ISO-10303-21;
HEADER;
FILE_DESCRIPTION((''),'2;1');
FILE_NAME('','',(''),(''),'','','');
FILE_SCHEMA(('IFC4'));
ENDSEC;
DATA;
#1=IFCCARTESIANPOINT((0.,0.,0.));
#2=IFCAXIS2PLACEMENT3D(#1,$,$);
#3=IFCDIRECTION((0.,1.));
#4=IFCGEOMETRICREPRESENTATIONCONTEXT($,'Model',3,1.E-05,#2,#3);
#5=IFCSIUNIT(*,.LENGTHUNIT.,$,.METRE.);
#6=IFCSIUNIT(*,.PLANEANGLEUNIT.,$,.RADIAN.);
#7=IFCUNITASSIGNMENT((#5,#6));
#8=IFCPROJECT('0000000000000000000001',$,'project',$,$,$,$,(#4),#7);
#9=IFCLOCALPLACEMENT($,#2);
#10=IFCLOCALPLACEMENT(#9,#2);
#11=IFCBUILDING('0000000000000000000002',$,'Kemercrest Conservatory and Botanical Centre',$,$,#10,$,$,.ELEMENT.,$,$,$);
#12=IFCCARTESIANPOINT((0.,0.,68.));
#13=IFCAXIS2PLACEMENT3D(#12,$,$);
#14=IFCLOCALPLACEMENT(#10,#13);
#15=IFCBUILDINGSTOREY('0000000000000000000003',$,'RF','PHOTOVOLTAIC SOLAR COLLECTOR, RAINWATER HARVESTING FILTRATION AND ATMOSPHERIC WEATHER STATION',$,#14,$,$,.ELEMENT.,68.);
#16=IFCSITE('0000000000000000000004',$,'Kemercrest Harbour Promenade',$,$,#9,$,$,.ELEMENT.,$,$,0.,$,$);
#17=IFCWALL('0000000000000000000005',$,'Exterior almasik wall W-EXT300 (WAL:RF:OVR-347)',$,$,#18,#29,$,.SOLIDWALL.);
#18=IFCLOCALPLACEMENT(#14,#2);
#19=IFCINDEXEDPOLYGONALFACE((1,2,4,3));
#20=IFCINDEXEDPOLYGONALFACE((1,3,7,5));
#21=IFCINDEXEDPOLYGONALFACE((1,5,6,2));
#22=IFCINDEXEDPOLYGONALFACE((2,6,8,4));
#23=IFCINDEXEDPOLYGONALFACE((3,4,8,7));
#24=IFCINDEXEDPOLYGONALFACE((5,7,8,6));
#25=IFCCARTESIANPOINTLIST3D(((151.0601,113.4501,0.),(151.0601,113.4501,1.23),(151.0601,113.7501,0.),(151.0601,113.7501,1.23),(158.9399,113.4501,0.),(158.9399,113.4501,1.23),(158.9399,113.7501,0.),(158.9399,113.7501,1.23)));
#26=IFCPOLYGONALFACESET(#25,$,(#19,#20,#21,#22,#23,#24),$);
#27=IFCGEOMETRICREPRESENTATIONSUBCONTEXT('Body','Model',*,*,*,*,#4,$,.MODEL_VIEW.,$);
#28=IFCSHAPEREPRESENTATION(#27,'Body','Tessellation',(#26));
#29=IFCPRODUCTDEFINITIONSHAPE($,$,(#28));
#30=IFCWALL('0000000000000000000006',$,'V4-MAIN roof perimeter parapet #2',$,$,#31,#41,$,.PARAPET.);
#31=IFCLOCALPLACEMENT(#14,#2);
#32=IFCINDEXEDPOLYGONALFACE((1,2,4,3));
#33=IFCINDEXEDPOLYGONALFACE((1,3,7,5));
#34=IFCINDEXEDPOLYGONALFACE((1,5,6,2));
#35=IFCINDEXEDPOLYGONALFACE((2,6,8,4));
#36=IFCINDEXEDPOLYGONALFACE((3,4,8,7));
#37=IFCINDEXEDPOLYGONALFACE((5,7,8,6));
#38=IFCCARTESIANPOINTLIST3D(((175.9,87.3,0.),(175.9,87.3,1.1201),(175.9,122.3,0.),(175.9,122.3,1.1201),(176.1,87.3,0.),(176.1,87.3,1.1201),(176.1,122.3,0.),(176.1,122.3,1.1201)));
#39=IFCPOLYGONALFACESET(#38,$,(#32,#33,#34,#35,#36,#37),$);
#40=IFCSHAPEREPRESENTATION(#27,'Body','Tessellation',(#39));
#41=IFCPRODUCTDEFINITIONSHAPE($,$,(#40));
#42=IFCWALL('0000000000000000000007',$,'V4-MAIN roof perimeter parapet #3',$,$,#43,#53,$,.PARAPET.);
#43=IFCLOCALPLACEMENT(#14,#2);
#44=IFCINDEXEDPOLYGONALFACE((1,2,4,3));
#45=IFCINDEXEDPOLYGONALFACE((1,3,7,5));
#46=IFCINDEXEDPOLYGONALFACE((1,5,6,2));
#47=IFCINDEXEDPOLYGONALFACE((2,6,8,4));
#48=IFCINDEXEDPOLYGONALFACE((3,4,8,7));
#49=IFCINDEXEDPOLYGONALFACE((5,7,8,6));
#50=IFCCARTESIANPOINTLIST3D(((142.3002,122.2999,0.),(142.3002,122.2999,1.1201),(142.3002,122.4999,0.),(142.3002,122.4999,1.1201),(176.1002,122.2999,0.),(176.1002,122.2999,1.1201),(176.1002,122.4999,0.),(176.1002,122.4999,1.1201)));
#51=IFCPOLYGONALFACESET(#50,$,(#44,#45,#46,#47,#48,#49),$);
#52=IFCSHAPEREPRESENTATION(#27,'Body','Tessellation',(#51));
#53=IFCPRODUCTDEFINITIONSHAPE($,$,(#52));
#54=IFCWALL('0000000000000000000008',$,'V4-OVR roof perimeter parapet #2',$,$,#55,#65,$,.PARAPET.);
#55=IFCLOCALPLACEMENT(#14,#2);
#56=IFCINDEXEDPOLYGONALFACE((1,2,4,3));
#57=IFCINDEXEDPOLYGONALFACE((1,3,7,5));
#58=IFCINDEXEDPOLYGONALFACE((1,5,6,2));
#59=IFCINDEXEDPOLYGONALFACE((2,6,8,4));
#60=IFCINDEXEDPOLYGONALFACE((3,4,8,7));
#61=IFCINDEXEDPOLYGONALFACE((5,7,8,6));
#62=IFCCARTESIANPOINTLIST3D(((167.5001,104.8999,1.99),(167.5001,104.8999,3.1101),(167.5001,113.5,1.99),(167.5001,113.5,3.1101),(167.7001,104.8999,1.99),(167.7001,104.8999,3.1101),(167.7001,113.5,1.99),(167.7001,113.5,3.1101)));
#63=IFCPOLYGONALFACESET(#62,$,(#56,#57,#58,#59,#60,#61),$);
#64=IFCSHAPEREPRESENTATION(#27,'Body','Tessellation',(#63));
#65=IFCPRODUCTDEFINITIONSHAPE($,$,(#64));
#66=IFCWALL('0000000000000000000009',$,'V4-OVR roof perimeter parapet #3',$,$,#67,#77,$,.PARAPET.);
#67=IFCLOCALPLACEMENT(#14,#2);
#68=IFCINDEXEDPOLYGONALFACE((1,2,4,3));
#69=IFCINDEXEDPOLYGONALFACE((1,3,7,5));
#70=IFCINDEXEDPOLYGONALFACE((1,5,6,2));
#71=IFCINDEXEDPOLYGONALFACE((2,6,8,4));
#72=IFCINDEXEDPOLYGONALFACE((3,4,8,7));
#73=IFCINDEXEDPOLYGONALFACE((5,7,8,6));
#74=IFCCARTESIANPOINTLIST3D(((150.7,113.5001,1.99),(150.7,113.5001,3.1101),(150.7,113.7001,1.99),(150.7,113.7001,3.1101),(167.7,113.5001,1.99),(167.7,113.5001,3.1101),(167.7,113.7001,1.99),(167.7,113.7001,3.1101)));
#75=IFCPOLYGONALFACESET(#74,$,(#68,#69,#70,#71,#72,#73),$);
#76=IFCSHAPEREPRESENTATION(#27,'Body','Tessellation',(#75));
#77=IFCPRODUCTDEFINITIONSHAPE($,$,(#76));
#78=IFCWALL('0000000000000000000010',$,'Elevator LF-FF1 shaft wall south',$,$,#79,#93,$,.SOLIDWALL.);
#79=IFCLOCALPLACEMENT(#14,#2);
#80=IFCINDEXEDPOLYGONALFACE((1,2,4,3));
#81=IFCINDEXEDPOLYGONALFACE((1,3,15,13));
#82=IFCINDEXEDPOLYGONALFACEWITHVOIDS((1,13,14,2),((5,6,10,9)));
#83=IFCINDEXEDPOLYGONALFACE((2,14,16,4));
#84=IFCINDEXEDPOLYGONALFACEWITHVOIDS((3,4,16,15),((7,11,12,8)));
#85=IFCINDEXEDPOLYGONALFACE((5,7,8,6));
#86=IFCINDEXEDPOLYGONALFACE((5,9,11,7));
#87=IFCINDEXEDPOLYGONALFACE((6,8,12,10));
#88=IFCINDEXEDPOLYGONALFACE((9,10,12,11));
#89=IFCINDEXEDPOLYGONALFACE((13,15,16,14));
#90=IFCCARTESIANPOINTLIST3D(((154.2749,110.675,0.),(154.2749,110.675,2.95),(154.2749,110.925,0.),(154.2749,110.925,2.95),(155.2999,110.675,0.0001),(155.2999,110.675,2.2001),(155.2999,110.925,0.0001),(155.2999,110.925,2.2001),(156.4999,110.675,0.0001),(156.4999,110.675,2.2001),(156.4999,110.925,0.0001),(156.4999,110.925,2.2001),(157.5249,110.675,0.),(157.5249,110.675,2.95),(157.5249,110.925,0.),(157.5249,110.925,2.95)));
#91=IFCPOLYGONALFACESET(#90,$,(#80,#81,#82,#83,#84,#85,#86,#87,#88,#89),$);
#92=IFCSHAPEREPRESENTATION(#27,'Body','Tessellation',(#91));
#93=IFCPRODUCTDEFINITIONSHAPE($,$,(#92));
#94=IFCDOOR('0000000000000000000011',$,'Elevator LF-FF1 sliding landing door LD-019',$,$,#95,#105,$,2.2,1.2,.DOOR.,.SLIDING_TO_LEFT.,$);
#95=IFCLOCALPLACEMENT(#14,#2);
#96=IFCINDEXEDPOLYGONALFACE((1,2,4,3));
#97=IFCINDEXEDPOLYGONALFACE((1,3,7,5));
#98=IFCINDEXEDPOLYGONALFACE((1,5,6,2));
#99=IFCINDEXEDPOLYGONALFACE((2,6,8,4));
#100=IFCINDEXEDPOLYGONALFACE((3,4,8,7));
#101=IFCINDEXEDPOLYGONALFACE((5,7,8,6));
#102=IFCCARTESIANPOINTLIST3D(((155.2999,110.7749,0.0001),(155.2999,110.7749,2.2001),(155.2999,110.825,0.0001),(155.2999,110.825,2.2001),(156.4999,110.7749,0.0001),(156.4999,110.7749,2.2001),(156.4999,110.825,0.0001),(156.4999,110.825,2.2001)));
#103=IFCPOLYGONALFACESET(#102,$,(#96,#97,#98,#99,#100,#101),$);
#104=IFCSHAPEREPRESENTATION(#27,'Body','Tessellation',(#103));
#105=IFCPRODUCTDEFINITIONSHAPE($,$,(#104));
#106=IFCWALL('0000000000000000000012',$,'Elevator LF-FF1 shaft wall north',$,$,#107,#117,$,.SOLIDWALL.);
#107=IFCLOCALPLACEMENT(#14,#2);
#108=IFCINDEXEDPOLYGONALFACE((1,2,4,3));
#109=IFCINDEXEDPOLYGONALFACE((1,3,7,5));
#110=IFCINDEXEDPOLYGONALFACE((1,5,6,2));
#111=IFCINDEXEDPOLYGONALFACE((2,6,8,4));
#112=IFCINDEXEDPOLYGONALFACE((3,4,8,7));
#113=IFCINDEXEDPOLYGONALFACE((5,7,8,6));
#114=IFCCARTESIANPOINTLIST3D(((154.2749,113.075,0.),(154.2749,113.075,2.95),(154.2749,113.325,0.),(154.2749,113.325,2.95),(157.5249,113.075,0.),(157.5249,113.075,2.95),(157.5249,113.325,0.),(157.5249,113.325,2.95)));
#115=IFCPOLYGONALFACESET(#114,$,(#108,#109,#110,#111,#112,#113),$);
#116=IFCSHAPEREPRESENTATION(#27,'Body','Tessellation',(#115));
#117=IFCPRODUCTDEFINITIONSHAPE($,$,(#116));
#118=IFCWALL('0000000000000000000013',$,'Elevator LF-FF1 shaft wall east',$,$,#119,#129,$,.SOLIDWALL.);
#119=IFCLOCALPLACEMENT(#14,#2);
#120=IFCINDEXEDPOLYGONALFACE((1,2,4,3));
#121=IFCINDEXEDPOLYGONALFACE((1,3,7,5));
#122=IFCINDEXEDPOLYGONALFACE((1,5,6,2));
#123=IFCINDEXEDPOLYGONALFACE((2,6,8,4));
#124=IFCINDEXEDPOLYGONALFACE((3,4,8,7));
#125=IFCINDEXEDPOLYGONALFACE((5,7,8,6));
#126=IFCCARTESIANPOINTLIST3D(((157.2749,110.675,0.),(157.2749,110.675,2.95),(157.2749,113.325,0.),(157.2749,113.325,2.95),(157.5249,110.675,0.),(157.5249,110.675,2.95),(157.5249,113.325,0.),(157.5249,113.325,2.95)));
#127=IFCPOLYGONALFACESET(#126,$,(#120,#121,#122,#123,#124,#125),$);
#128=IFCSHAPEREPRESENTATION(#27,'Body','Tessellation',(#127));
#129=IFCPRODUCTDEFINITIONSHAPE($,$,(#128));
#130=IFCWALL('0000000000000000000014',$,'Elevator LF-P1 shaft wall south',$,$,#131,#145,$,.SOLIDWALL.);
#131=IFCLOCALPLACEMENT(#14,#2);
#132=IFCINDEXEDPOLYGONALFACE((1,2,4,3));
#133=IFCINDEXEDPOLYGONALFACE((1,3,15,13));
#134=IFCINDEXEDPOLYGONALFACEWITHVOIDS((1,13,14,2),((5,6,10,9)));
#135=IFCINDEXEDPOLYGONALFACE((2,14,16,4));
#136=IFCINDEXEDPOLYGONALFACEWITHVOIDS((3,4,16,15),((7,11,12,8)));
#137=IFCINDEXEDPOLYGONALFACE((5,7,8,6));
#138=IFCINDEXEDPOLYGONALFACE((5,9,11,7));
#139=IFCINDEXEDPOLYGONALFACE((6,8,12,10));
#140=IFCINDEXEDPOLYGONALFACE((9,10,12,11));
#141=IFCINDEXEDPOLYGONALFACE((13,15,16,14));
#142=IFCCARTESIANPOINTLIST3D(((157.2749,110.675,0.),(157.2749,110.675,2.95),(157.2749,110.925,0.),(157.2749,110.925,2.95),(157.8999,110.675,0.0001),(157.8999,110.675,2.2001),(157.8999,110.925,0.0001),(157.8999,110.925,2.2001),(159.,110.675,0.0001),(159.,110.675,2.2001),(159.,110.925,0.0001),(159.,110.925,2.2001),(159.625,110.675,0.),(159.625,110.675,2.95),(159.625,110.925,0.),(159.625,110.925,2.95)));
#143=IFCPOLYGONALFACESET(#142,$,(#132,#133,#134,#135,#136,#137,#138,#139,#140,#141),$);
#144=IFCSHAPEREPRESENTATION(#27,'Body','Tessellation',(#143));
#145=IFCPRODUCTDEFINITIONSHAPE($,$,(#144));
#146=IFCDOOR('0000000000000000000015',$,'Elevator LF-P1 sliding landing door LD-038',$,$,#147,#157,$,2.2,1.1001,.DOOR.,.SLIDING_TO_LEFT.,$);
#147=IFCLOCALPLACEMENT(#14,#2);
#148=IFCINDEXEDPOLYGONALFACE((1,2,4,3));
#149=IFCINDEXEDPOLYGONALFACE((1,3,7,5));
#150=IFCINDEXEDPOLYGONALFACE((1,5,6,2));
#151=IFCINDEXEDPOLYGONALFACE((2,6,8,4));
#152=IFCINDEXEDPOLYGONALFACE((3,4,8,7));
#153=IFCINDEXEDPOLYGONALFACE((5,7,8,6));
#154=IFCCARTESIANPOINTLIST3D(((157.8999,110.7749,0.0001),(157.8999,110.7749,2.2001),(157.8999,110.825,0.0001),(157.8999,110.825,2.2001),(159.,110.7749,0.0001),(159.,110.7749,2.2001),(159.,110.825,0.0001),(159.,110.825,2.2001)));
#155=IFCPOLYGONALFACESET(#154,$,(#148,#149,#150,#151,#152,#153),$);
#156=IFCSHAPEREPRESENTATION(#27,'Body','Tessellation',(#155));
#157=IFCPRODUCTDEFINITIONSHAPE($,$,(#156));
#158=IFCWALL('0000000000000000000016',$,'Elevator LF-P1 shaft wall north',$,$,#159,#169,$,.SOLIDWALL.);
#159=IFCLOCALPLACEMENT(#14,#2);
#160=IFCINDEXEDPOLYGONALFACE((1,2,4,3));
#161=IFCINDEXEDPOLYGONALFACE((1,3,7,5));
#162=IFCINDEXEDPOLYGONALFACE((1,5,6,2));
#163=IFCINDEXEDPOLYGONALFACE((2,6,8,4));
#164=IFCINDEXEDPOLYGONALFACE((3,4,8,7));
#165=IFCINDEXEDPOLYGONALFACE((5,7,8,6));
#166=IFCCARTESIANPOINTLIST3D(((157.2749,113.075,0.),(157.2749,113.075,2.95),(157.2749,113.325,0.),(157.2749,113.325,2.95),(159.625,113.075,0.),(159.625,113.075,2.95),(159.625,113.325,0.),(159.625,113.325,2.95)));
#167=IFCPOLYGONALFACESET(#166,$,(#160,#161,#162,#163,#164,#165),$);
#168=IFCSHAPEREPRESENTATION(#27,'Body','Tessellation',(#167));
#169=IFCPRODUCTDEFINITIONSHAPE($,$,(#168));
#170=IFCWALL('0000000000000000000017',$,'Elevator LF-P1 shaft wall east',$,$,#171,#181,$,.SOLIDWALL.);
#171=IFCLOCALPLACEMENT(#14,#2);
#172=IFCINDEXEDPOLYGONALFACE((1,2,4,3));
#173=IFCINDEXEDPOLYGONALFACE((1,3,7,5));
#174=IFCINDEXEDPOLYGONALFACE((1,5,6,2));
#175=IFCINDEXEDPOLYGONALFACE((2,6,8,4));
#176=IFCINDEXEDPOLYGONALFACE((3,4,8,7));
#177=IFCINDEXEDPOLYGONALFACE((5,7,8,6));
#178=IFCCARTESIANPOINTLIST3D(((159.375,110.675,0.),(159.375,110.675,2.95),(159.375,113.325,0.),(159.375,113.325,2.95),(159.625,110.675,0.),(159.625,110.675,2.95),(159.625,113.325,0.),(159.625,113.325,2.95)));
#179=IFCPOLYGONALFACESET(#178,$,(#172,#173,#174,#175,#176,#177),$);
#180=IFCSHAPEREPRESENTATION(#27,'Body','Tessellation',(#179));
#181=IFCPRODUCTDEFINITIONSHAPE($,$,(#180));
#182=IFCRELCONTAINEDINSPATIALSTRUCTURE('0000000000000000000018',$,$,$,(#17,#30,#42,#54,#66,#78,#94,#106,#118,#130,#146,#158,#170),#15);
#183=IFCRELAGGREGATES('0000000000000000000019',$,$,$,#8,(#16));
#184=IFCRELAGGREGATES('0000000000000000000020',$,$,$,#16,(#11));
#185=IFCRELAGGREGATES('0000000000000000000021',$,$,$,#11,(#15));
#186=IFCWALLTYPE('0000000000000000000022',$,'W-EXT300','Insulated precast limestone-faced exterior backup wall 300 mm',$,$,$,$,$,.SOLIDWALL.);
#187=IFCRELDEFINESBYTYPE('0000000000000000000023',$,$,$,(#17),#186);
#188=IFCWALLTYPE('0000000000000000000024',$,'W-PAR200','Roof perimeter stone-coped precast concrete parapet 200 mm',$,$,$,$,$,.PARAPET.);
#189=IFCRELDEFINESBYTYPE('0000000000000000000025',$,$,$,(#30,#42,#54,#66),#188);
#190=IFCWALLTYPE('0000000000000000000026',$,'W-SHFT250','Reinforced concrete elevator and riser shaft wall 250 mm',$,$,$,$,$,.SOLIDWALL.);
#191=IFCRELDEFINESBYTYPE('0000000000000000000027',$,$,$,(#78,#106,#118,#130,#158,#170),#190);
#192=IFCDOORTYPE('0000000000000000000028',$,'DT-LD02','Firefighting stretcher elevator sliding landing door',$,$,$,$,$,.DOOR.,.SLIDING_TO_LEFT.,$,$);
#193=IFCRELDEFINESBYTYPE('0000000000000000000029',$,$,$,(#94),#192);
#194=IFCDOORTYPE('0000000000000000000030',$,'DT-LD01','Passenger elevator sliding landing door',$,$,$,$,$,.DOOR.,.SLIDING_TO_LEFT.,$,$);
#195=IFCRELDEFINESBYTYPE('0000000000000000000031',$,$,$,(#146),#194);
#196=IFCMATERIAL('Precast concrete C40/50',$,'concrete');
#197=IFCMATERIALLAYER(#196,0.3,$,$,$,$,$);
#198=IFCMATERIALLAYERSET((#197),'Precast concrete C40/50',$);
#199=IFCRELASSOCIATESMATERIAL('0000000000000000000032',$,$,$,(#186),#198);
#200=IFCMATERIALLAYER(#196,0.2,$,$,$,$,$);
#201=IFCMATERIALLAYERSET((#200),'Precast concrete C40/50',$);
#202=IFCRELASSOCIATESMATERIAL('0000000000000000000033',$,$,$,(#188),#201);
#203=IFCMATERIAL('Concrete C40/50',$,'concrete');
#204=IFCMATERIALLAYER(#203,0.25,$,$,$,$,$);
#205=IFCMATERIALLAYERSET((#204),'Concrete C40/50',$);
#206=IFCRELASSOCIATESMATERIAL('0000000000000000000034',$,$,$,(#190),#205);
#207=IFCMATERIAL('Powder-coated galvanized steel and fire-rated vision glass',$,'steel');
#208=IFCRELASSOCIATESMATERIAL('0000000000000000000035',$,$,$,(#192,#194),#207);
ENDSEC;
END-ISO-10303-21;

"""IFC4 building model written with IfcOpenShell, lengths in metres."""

from ifc_helpers import new_model, si_unit, direction, frame, frame_2d, origin, place, context, subcontext, project, spatial, rectangle, extrude, material, layer, layer_set, type_object, element, fill, save


model = new_model("IFC4")

# Units and contexts
model_context = context("Model", 3, precision=1e-05, world=origin(), true_north=direction((0.0, 1.0)))
body_context = subcontext(model_context, "Body", "Model", "MODEL_VIEW")
ifc_project = project(units=[si_unit("LENGTHUNIT", "METRE"), si_unit("PLANEANGLEUNIT", "RADIAN")], contexts=[model_context])

# Site, building, storey
site_placement = place(None, origin())
site = spatial("IfcSite", under=ifc_project, at=site_placement, Name="Kemercrest Harbour Promenade", CompositionType="ELEMENT", RefElevation=0.0)
building_placement = place(site_placement, origin())
building = spatial("IfcBuilding", under=site, at=building_placement, Name="Kemercrest Conservatory and Botanical Centre", CompositionType="ELEMENT")
storey_placement = place(building_placement, frame((0.0, 0.0, 68.0)))
storey = spatial("IfcBuildingStorey", under=building, at=storey_placement, Name="RF", Description="PHOTOVOLTAIC SOLAR COLLECTOR, RAINWATER HARVESTING FILTRATION AND ATMOSPHERIC WEATHER STATION", CompositionType="ELEMENT", Elevation=68.0)

# Shared definitions
ifc_material_1 = material(Name="Concrete C40/50", Category="concrete")

# Shared definitions
ifc_material_2 = material(Name="Powder-coated galvanized steel and fire-rated vision glass", Category="steel")

# Walls
ifc_material_3 = material(Name="Precast concrete C40/50", Category="concrete")
ifc_layer_1 = layer(ifc_material_3, 0.3)
ifc_layer_set_1 = layer_set([ifc_layer_1], Name="Precast concrete C40/50")
wall_type_1 = type_object("IfcWallType", Name="W-EXT300", Description="Insulated precast limestone-faced exterior backup wall 300 mm", PredefinedType="SOLIDWALL", material=ifc_layer_set_1)
wall_1_placement = place(storey_placement, frame((158.9399, 113.6001, 0.0), z_axis=(0.0, 0.0, 1.0), x_axis=(-1.0, 0.0, 0.0)))
element("IfcWall", 1, at=wall_1_placement, inside=storey, type_object=wall_type_1, Name="Exterior almasik wall W-EXT300 (WAL:RF:OVR-347)", PredefinedType="SOLIDWALL", context=body_context, shape_type="SweptSolid", body=[
    extrude(rectangle(XDim=7.8799, YDim=0.3, at=frame_2d((3.9399, 0.0))), origin(), (0.0, 0.0, 1.0), 1.23),
])
ifc_layer_2 = layer(ifc_material_3, 0.2)
ifc_layer_set_2 = layer_set([ifc_layer_2], Name="Precast concrete C40/50")
wall_type_2 = type_object("IfcWallType", Name="W-PAR200", Description="Roof perimeter stone-coped precast concrete parapet 200 mm", PredefinedType="PARAPET", material=ifc_layer_set_2)
wall_2_placement = place(storey_placement, frame((176.0, 87.3, 0.0), z_axis=(0.0, 0.0, 1.0), x_axis=(0.0, 1.0, 0.0)))
element("IfcWall", 2, at=wall_2_placement, inside=storey, type_object=wall_type_2, Name="V4-MAIN roof perimeter parapet #2", PredefinedType="PARAPET", context=body_context, shape_type="SweptSolid", body=[
    extrude(rectangle(XDim=35.0, YDim=0.2, at=frame_2d((17.5, 0.0))), origin(), (0.0, 0.0, 1.0), 1.1201),
])
wall_3_placement = place(storey_placement, frame((176.1001, 122.3999, 0.0), z_axis=(0.0, 0.0, 1.0), x_axis=(-1.0, 0.0, 0.0)))
element("IfcWall", 3, at=wall_3_placement, inside=storey, type_object=wall_type_2, Name="V4-MAIN roof perimeter parapet #3", PredefinedType="PARAPET", context=body_context, shape_type="SweptSolid", body=[
    extrude(rectangle(XDim=33.8, YDim=0.2, at=frame_2d((16.8999, 0.0))), origin(), (0.0, 0.0, 1.0), 1.1201),
])
wall_4_placement = place(storey_placement, frame((167.6001, 104.8999, 1.99), z_axis=(0.0, 0.0, 1.0), x_axis=(0.0, 1.0, 0.0)))
element("IfcWall", 4, at=wall_4_placement, inside=storey, type_object=wall_type_2, Name="V4-OVR roof perimeter parapet #2", PredefinedType="PARAPET", context=body_context, shape_type="SweptSolid", body=[
    extrude(rectangle(XDim=8.6001, YDim=0.2, at=frame_2d((4.3, 0.0))), origin(), (0.0, 0.0, 1.0), 1.1201),
])
wall_5_placement = place(storey_placement, frame((167.7, 113.6001, 1.99), z_axis=(0.0, 0.0, 1.0), x_axis=(-1.0, 0.0, 0.0)))
element("IfcWall", 5, at=wall_5_placement, inside=storey, type_object=wall_type_2, Name="V4-OVR roof perimeter parapet #3", PredefinedType="PARAPET", context=body_context, shape_type="SweptSolid", body=[
    extrude(rectangle(XDim=17.0, YDim=0.2, at=frame_2d((8.5, 0.0))), origin(), (0.0, 0.0, 1.0), 1.1201),
])

# Wall, opening, door
ifc_layer_3 = layer(ifc_material_1, 0.25)
ifc_layer_set_3 = layer_set([ifc_layer_3], Name="Concrete C40/50")
wall_type_3 = type_object("IfcWallType", Name="W-SHFT250", Description="Reinforced concrete elevator and riser shaft wall 250 mm", PredefinedType="SOLIDWALL", material=ifc_layer_set_3)
wall_6_placement = place(storey_placement, frame((154.2749, 110.8, 0.0), z_axis=(0.0, 0.0, 1.0), x_axis=(1.0, 0.0, 0.0)))
wall_6 = element("IfcWall", 6, at=wall_6_placement, inside=storey, type_object=wall_type_3, Name="Elevator LF-FF1 shaft wall south", PredefinedType="SOLIDWALL", context=body_context, shape_type="SweptSolid", body=[
    extrude(rectangle(XDim=3.25, YDim=0.25, at=frame_2d((1.625, 0.0))), origin(), (0.0, 0.0, 1.0), 2.95),
])
opening_1_placement = place(wall_6_placement, frame((1.0249, 0.0, 0.0)))
opening_1 = element("IfcOpeningElement", 7, at=opening_1_placement, cuts=wall_6, PredefinedType="OPENING", context=body_context, shape_type="SweptSolid", body=[
    extrude(rectangle(XDim=1.2, YDim=2.2, at=frame_2d((0.6001, 1.1001))), frame((0.0, 0.135, 0.0), z_axis=(0.0, -1.0, 0.0), x_axis=(1.0, 0.0, 0.0)), (0.0, 0.0, 1.0), 0.27),
])
door_type_1 = type_object("IfcDoorType", Name="DT-LD02", Description="Firefighting stretcher elevator sliding landing door", OperationType="SLIDING_TO_LEFT", PredefinedType="DOOR", material=ifc_material_2)
door_1_placement = place(opening_1_placement, origin())
door_1 = element("IfcDoor", 8, at=door_1_placement, inside=storey, type_object=door_type_1, Name="Elevator LF-FF1 sliding landing door LD-019", OperationType="SLIDING_TO_LEFT", OverallHeight=2.2, OverallWidth=1.2, PredefinedType="DOOR", context=body_context, shape_type="SweptSolid", body=[
    extrude(rectangle(XDim=1.2, YDim=2.2, at=frame_2d((0.6001, 1.1001))), frame((0.0, 0.0249, 0.0), z_axis=(0.0, -1.0, 0.0), x_axis=(1.0, 0.0, 0.0)), (0.0, 0.0, 1.0), 0.05),
])
fill(opening_1, door_1)

# Walls
wall_7_placement = place(storey_placement, frame((154.2749, 113.2, 0.0), z_axis=(0.0, 0.0, 1.0), x_axis=(1.0, 0.0, 0.0)))
element("IfcWall", 9, at=wall_7_placement, inside=storey, type_object=wall_type_3, Name="Elevator LF-FF1 shaft wall north", PredefinedType="SOLIDWALL", context=body_context, shape_type="SweptSolid", body=[
    extrude(rectangle(XDim=3.25, YDim=0.25, at=frame_2d((1.625, 0.0))), origin(), (0.0, 0.0, 1.0), 2.95),
])
wall_8_placement = place(storey_placement, frame((157.3999, 110.675, 0.0), z_axis=(0.0, 0.0, 1.0), x_axis=(0.0, 1.0, 0.0)))
element("IfcWall", 10, at=wall_8_placement, inside=storey, type_object=wall_type_3, Name="Elevator LF-FF1 shaft wall east", PredefinedType="SOLIDWALL", context=body_context, shape_type="SweptSolid", body=[
    extrude(rectangle(XDim=2.6499, YDim=0.25, at=frame_2d((1.325, 0.0))), origin(), (0.0, 0.0, 1.0), 2.95),
])

# Wall, opening, door
wall_9_placement = place(storey_placement, frame((157.2749, 110.8, 0.0), z_axis=(0.0, 0.0, 1.0), x_axis=(1.0, 0.0, 0.0)))
wall_9 = element("IfcWall", 11, at=wall_9_placement, inside=storey, type_object=wall_type_3, Name="Elevator LF-P1 shaft wall south", PredefinedType="SOLIDWALL", context=body_context, shape_type="SweptSolid", body=[
    extrude(rectangle(XDim=2.3501, YDim=0.25, at=frame_2d((1.175, 0.0))), origin(), (0.0, 0.0, 1.0), 2.95),
])
opening_2_placement = place(wall_9_placement, frame((0.625, 0.0, 0.0)))
opening_2 = element("IfcOpeningElement", 12, at=opening_2_placement, cuts=wall_9, PredefinedType="OPENING", context=body_context, shape_type="SweptSolid", body=[
    extrude(rectangle(XDim=1.1001, YDim=2.2, at=frame_2d((0.55, 1.1001))), frame((0.0, 0.135, 0.0), z_axis=(0.0, -1.0, 0.0), x_axis=(1.0, 0.0, 0.0)), (0.0, 0.0, 1.0), 0.27),
])
door_type_2 = type_object("IfcDoorType", Name="DT-LD01", Description="Passenger elevator sliding landing door", OperationType="SLIDING_TO_LEFT", PredefinedType="DOOR", material=ifc_material_2)
door_2_placement = place(opening_2_placement, origin())
door_2 = element("IfcDoor", 13, at=door_2_placement, inside=storey, type_object=door_type_2, Name="Elevator LF-P1 sliding landing door LD-038", OperationType="SLIDING_TO_LEFT", OverallHeight=2.2, OverallWidth=1.1001, PredefinedType="DOOR", context=body_context, shape_type="SweptSolid", body=[
    extrude(rectangle(XDim=1.1001, YDim=2.2, at=frame_2d((0.55, 1.1001))), frame((0.0, 0.0249, 0.0), z_axis=(0.0, -1.0, 0.0), x_axis=(1.0, 0.0, 0.0)), (0.0, 0.0, 1.0), 0.05),
])
fill(opening_2, door_2)

# Walls
wall_10_placement = place(storey_placement, frame((157.2749, 113.2, 0.0), z_axis=(0.0, 0.0, 1.0), x_axis=(1.0, 0.0, 0.0)))
element("IfcWall", 14, at=wall_10_placement, inside=storey, type_object=wall_type_3, Name="Elevator LF-P1 shaft wall north", PredefinedType="SOLIDWALL", context=body_context, shape_type="SweptSolid", body=[
    extrude(rectangle(XDim=2.3501, YDim=0.25, at=frame_2d((1.175, 0.0))), origin(), (0.0, 0.0, 1.0), 2.95),
])
wall_11_placement = place(storey_placement, frame((159.5, 110.675, 0.0), z_axis=(0.0, 0.0, 1.0), x_axis=(0.0, 1.0, 0.0)))
element("IfcWall", 15, at=wall_11_placement, inside=storey, type_object=wall_type_3, Name="Elevator LF-P1 shaft wall east", PredefinedType="SOLIDWALL", context=body_context, shape_type="SweptSolid", body=[
    extrude(rectangle(XDim=2.6499, YDim=0.25, at=frame_2d((1.325, 0.0))), origin(), (0.0, 0.0, 1.0), 2.95),
])

save(model, "model.ifc")
